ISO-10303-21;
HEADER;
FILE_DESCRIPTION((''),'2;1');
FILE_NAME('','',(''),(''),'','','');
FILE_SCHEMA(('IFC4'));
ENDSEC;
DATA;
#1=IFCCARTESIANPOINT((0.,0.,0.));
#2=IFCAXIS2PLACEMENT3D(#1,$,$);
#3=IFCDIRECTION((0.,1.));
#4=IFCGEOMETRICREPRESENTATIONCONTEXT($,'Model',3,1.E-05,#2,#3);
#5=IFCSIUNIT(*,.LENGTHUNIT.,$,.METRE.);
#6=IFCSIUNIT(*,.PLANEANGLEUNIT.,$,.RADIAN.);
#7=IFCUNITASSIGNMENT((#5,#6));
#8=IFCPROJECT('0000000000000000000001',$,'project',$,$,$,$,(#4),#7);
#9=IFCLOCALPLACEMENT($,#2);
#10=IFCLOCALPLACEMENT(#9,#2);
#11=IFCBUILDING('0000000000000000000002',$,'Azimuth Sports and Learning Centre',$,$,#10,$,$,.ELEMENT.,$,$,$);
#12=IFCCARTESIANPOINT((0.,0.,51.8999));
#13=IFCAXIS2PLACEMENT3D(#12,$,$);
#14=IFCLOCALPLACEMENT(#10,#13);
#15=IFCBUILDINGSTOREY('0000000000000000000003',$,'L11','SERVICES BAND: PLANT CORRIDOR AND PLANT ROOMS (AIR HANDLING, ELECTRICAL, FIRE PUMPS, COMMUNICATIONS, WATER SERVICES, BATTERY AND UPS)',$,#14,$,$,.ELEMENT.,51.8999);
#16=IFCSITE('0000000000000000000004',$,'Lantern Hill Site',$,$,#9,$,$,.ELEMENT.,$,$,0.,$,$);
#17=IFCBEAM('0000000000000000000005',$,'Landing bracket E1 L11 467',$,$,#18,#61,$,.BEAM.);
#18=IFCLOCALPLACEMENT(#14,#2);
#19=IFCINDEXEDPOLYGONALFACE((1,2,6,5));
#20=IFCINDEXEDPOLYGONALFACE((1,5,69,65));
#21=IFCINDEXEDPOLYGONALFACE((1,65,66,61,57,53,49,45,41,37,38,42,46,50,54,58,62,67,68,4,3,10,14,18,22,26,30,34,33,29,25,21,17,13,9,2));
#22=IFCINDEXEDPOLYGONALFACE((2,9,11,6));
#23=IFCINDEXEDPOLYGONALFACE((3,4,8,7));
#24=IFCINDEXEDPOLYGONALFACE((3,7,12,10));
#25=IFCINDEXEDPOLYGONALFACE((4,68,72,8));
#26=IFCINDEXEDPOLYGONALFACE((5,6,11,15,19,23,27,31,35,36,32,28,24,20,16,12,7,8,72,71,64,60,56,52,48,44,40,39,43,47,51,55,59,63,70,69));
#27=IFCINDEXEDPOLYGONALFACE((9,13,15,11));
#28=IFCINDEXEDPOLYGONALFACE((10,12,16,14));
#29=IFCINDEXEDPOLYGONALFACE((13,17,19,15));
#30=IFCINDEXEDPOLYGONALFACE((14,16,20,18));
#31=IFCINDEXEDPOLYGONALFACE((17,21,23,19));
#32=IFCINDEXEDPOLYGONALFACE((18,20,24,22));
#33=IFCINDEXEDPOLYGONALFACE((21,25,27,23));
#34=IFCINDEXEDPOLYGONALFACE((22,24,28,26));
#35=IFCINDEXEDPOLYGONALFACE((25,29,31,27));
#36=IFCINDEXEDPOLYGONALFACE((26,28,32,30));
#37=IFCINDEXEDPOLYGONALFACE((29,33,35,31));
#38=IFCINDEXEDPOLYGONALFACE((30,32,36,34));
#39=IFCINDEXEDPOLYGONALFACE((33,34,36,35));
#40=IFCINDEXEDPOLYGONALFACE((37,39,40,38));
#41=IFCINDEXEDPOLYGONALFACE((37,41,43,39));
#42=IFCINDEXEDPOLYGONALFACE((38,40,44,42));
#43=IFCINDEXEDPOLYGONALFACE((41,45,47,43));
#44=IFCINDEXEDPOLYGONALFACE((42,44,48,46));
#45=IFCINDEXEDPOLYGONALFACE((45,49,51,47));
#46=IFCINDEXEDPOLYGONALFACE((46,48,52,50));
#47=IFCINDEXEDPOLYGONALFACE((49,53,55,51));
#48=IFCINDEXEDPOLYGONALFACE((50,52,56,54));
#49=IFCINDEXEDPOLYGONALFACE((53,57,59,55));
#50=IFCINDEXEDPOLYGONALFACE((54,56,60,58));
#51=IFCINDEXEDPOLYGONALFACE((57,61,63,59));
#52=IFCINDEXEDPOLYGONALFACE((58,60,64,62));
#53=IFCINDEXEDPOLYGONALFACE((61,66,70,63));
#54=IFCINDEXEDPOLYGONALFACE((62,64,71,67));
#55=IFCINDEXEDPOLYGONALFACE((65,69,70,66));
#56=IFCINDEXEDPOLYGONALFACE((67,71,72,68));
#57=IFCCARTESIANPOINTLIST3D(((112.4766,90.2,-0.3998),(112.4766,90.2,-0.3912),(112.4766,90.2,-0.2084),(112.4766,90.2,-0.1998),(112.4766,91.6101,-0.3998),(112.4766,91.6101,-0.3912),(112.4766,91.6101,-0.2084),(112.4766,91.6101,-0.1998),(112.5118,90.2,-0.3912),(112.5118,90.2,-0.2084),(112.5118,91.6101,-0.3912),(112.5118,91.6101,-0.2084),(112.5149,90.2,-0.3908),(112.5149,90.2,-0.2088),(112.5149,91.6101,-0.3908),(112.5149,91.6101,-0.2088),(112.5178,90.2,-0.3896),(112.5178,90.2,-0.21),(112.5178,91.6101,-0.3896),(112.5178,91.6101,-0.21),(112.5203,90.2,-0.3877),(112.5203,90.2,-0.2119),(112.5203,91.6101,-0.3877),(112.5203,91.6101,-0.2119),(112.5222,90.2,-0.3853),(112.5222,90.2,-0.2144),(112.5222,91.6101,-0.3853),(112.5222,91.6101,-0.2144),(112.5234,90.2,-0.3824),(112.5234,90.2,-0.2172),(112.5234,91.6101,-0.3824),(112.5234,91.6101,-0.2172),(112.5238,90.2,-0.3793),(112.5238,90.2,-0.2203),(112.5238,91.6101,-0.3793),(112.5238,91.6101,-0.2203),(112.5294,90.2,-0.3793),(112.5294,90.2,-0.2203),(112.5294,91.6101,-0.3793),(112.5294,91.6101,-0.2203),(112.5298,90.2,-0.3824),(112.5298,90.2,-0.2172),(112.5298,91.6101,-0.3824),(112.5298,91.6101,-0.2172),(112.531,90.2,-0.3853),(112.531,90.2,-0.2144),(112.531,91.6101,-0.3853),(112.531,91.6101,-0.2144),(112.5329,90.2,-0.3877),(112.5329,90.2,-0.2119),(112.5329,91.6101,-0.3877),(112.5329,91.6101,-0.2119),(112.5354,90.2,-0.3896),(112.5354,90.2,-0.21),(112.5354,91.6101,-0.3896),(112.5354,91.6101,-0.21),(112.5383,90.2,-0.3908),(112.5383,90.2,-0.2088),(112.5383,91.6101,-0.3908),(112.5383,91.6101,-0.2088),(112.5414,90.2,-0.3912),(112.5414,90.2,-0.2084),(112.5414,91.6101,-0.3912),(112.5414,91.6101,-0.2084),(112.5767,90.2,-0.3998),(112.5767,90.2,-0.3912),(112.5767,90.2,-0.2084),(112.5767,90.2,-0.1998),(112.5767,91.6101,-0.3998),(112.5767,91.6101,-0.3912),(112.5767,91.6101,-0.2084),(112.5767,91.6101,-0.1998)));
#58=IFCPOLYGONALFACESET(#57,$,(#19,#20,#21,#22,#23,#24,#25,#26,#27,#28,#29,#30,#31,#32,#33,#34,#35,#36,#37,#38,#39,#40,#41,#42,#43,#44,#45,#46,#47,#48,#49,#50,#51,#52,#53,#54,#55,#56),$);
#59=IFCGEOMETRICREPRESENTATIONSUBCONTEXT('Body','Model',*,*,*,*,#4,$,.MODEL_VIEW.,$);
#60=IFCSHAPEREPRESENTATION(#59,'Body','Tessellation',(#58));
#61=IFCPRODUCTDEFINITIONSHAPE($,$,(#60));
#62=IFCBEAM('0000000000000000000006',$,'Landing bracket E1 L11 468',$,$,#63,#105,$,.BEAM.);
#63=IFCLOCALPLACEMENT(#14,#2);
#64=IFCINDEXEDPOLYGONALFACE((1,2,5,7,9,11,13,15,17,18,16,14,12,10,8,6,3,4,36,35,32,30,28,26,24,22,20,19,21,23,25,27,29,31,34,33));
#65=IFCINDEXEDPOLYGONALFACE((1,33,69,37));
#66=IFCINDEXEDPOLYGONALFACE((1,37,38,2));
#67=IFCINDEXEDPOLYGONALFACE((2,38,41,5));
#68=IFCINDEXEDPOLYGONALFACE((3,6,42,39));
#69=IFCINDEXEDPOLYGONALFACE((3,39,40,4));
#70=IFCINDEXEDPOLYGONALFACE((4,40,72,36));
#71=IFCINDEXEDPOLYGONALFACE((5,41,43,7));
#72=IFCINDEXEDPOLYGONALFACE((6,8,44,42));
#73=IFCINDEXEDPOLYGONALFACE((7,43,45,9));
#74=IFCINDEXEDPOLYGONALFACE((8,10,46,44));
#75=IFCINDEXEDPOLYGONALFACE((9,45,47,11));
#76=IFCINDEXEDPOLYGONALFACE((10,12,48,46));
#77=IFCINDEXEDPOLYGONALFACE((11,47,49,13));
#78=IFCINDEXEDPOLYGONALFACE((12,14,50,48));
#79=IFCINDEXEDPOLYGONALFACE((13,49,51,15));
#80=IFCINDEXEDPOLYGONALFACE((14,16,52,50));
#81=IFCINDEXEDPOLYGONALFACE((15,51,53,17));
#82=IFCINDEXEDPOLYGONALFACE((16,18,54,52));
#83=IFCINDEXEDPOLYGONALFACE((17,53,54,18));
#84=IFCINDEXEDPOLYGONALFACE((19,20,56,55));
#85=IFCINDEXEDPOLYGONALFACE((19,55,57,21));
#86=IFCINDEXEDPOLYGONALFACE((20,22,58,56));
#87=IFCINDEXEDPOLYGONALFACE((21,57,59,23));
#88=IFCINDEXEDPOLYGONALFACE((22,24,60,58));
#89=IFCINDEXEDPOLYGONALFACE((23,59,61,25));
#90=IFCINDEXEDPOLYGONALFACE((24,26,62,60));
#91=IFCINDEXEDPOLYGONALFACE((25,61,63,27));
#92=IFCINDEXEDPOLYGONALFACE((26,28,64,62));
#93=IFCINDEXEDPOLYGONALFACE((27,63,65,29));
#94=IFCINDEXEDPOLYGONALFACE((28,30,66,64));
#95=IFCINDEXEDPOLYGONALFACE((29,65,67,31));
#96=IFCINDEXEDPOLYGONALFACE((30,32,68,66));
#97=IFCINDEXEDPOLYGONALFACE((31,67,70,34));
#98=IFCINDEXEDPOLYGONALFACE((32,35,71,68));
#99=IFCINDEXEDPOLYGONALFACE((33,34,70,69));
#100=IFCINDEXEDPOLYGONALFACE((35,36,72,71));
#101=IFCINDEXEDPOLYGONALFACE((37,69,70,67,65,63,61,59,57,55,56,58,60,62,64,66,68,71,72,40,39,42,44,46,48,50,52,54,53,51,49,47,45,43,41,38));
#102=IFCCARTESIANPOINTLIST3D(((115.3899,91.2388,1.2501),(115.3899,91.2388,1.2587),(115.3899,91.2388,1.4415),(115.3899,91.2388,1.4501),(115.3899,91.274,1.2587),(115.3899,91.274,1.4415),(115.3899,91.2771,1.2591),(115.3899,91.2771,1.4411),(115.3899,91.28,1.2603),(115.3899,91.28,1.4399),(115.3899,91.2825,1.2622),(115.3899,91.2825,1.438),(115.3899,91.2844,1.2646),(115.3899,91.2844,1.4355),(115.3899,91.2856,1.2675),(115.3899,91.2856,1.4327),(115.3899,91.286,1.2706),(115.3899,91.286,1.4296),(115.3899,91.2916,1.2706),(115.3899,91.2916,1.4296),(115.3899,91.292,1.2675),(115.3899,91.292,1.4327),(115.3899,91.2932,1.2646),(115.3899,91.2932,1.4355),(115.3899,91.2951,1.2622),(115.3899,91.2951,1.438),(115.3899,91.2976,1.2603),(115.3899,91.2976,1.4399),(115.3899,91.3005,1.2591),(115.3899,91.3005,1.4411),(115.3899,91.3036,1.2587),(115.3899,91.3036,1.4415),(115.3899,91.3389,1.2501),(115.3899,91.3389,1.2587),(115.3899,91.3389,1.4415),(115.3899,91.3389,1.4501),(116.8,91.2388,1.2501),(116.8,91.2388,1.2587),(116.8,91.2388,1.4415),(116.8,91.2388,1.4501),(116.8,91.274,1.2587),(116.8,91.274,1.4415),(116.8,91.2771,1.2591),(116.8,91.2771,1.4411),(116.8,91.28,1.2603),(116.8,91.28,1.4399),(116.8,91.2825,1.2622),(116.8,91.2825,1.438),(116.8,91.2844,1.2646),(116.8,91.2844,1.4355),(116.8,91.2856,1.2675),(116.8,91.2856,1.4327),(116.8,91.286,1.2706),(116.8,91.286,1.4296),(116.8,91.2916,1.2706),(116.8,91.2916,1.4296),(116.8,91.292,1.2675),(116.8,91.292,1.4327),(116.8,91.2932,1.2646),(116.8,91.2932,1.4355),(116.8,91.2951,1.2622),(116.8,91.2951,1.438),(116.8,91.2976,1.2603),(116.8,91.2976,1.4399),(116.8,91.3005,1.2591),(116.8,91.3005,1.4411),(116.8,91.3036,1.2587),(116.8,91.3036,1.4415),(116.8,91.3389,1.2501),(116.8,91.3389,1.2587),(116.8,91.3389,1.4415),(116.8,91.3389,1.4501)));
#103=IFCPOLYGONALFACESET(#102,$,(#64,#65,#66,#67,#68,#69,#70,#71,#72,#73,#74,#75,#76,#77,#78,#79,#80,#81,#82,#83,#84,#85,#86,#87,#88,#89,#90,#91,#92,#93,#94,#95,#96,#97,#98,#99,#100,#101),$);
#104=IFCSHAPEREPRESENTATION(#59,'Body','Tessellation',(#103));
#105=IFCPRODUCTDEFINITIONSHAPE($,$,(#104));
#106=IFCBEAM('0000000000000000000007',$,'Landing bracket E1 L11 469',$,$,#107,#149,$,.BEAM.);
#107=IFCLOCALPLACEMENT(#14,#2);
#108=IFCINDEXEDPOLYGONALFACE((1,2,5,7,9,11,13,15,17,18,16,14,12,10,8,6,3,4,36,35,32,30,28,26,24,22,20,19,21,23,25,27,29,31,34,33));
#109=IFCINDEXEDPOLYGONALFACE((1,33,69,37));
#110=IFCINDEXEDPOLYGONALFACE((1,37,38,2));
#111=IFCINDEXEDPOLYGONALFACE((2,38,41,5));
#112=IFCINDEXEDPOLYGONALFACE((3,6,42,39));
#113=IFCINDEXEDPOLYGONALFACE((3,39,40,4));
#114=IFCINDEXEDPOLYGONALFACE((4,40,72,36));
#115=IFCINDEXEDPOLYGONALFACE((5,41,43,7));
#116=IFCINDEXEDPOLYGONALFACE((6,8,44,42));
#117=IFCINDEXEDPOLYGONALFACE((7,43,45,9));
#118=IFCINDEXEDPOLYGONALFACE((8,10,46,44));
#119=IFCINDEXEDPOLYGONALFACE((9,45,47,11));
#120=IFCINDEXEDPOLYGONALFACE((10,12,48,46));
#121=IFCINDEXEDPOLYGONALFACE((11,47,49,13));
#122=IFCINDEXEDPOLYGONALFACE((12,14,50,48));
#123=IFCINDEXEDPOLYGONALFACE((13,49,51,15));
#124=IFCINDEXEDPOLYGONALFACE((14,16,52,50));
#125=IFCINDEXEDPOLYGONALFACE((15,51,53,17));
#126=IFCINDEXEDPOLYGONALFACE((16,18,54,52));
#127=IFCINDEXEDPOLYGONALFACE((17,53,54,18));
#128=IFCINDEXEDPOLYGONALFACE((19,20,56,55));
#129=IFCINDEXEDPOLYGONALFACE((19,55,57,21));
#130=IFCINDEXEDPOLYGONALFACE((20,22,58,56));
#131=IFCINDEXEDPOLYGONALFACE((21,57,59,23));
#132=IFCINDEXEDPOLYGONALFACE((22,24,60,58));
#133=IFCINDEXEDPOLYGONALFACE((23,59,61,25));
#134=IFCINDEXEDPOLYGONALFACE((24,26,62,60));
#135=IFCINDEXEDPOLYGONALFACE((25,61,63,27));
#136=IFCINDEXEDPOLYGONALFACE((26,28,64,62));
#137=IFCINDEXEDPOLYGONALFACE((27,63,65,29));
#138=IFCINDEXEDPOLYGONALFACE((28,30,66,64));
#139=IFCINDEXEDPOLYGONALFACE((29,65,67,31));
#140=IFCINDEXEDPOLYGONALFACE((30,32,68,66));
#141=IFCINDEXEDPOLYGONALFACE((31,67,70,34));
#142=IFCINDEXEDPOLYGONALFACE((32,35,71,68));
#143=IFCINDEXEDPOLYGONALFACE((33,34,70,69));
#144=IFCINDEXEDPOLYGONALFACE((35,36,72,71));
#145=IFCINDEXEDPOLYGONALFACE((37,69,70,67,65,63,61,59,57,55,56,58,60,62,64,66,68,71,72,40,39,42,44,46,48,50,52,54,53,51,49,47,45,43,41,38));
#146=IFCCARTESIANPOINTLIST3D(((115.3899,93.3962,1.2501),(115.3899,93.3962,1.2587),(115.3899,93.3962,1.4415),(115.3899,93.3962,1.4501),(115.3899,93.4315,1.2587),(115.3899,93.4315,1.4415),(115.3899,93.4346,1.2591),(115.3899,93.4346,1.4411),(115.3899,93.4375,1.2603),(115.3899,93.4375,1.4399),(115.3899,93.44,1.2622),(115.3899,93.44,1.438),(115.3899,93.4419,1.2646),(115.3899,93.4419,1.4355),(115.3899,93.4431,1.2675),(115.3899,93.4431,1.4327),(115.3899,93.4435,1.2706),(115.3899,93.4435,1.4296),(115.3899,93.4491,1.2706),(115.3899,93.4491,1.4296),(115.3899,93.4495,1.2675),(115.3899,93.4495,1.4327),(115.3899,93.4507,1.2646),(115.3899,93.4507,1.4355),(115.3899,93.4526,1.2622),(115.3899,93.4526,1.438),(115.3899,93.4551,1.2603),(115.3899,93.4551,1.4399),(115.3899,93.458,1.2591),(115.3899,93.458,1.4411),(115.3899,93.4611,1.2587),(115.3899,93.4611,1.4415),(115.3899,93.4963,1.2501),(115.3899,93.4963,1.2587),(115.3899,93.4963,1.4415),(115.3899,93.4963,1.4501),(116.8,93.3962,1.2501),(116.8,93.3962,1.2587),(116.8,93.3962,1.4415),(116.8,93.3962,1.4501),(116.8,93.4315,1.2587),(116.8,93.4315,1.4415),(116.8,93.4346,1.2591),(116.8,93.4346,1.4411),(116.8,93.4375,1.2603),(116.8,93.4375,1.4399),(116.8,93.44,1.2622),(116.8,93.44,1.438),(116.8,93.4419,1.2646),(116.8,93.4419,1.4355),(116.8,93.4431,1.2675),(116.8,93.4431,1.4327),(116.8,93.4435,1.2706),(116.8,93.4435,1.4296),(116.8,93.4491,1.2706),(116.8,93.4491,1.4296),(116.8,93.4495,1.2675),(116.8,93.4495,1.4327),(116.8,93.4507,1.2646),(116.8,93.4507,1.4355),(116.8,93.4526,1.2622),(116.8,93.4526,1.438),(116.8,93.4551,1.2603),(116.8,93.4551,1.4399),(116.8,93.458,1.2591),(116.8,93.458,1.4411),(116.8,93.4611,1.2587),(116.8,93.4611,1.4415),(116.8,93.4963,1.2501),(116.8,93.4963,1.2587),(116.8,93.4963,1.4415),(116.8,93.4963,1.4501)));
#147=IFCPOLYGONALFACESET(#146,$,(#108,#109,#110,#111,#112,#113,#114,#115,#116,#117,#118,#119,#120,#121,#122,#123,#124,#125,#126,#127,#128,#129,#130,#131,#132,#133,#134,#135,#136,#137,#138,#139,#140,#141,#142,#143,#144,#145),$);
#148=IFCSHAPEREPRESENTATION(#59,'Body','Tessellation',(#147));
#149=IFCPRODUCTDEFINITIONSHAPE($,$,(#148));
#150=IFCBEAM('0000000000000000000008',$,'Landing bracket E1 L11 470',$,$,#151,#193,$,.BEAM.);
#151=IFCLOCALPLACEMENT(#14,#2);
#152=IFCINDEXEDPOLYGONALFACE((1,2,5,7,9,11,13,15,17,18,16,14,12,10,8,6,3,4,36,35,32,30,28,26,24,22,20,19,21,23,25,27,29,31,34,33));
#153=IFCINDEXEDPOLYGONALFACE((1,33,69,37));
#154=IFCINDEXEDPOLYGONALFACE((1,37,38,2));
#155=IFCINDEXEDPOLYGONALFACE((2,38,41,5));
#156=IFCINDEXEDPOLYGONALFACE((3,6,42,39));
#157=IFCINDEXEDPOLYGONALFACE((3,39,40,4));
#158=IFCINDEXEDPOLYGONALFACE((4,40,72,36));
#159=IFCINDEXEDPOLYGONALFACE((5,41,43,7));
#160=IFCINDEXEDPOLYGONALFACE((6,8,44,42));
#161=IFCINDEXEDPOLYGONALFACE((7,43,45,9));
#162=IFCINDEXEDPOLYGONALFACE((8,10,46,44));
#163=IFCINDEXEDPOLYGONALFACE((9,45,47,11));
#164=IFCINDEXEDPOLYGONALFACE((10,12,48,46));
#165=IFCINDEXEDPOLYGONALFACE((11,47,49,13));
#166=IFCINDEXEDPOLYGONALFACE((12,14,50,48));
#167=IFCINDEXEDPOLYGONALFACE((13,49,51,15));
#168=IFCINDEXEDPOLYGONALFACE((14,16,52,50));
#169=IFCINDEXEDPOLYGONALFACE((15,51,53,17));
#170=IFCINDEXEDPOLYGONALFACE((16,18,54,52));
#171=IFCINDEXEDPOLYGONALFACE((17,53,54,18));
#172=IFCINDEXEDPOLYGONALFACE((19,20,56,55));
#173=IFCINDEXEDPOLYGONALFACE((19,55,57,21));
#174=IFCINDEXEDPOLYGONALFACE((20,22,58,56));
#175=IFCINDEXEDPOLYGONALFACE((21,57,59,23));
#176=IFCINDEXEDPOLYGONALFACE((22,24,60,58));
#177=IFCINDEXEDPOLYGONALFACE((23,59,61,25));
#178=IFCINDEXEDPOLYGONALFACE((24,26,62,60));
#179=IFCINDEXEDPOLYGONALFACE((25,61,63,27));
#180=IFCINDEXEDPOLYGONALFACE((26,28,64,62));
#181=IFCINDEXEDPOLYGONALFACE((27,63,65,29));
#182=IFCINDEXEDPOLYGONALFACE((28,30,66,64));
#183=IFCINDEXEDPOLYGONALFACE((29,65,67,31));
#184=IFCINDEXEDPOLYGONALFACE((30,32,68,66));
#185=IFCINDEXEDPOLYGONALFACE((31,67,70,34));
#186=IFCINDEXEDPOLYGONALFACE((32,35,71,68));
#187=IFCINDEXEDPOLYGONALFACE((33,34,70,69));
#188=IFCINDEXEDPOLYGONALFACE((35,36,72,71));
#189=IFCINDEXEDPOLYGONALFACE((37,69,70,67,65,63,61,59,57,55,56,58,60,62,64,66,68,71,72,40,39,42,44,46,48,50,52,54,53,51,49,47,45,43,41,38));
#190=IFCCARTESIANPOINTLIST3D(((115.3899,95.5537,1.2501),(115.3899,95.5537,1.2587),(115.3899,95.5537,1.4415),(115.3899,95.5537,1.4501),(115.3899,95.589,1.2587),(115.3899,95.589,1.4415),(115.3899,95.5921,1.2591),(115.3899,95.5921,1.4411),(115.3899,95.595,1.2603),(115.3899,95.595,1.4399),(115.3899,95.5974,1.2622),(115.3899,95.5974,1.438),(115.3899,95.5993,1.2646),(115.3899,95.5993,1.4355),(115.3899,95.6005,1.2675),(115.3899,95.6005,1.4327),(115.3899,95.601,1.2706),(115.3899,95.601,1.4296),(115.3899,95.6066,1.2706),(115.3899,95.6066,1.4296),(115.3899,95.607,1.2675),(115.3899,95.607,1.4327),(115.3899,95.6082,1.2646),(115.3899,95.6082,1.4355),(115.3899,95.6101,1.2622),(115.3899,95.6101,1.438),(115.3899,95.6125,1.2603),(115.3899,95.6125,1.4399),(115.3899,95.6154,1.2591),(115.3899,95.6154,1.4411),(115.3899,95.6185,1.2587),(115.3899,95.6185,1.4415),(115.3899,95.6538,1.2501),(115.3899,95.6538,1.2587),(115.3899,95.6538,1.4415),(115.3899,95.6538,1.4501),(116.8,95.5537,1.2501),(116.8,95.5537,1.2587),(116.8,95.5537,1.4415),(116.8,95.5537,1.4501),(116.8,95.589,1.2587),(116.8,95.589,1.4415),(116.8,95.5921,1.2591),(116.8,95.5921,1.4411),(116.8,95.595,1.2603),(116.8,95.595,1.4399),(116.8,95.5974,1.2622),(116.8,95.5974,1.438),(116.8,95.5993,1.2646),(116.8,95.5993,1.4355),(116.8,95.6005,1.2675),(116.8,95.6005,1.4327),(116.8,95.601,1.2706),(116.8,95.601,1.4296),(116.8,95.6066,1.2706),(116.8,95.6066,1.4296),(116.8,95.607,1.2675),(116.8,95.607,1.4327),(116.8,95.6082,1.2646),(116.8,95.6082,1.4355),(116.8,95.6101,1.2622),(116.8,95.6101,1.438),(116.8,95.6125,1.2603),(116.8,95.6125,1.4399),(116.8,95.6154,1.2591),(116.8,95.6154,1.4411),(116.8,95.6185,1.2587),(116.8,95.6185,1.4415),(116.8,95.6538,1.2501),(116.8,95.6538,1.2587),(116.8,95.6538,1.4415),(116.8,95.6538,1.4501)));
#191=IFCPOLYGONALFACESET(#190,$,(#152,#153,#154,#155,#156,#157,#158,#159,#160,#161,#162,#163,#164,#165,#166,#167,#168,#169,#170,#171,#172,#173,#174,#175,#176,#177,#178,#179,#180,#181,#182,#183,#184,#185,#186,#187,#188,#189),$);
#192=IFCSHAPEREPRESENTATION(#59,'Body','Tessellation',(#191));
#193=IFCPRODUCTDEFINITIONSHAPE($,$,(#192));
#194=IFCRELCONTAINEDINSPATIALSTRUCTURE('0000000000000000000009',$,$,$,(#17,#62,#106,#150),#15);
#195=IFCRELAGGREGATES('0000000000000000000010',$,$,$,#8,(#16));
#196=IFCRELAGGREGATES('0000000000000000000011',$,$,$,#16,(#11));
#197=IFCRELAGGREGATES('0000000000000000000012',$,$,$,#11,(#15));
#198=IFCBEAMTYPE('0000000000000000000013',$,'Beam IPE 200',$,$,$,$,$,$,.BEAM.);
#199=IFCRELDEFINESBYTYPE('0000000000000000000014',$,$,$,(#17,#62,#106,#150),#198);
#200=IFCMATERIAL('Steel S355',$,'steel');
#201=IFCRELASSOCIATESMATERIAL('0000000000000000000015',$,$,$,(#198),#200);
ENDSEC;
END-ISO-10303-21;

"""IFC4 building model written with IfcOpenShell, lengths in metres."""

from ifc_helpers import new_model, si_unit, direction, frame, origin, origin_2d, place, context, subcontext, project, spatial, i_section, extrude, material, material_profile, profile_set, type_object, element, save


model = new_model("IFC4")

# Units and contexts
model_context = context("Model", 3, precision=1e-05, world=origin(), true_north=direction((0.0, 1.0)))
body_context = subcontext(model_context, "Body", "Model", "MODEL_VIEW")
ifc_project = project(units=[si_unit("LENGTHUNIT", "METRE"), si_unit("PLANEANGLEUNIT", "RADIAN")], contexts=[model_context])

# Site, building, storey
site_placement = place(None, origin())
site = spatial("IfcSite", under=ifc_project, at=site_placement, Name="Lantern Hill Site", CompositionType="ELEMENT", RefElevation=0.0)
building_placement = place(site_placement, origin())
building = spatial("IfcBuilding", under=site, at=building_placement, Name="Azimuth Sports and Learning Centre", CompositionType="ELEMENT")
storey_placement = place(building_placement, frame((0.0, 0.0, 51.8999)))
storey = spatial("IfcBuildingStorey", under=building, at=storey_placement, Name="L11", Description="SERVICES BAND: PLANT CORRIDOR AND PLANT ROOMS (AIR HANDLING, ELECTRICAL, FIRE PUMPS, COMMUNICATIONS, WATER SERVICES, BATTERY AND UPS)", CompositionType="ELEMENT", Elevation=51.8999)

# Beams
ifc_material_1 = material(Name="Steel S355", Category="steel")
ifc_material_profile = material_profile(ifc_material_1, i_section(OverallWidth=0.1001, OverallDepth=0.2, WebThickness=0.0056, FlangeThickness=0.0085, FilletRadius=0.012, at=origin_2d()), Name="IPE 200")
ifc_profile_set = profile_set([ifc_material_profile], Name="Steel S355")
beam_type = type_object("IfcBeamType", Name="Beam IPE 200", PredefinedType="BEAM", material=ifc_profile_set)
for number, where, z_axis, x_axis, name in (
    (1, (112.5266, 90.2, -0.2998), (0.0, 1.0, 0.0), (-1.0, 0.0, 0.0), "Landing bracket E1 L11 467"),
    (2, (116.8, 91.2888, 1.3501), (-1.0, 0.0, 0.0), (0.0, -1.0, 0.0), "Landing bracket E1 L11 468"),
    (3, (116.8, 93.4463, 1.3501), (-1.0, 0.0, 0.0), (0.0, -1.0, 0.0), "Landing bracket E1 L11 469"),
    (4, (116.8, 95.6038, 1.3501), (-1.0, 0.0, 0.0), (0.0, -1.0, 0.0), "Landing bracket E1 L11 470"),
):
    element("IfcBeam", number, at=place(storey_placement, frame(where, z_axis=z_axis, x_axis=x_axis)), inside=storey, type_object=beam_type, Name=name, PredefinedType="BEAM", context=body_context, shape_type="SweptSolid", body=[
        extrude(i_section(OverallWidth=0.1001, OverallDepth=0.2, WebThickness=0.0056, FlangeThickness=0.0085, FilletRadius=0.012, at=origin_2d()), origin(), (0.0, 0.0, 1.0), 1.4102),
    ])

save(model, "model.ifc")
